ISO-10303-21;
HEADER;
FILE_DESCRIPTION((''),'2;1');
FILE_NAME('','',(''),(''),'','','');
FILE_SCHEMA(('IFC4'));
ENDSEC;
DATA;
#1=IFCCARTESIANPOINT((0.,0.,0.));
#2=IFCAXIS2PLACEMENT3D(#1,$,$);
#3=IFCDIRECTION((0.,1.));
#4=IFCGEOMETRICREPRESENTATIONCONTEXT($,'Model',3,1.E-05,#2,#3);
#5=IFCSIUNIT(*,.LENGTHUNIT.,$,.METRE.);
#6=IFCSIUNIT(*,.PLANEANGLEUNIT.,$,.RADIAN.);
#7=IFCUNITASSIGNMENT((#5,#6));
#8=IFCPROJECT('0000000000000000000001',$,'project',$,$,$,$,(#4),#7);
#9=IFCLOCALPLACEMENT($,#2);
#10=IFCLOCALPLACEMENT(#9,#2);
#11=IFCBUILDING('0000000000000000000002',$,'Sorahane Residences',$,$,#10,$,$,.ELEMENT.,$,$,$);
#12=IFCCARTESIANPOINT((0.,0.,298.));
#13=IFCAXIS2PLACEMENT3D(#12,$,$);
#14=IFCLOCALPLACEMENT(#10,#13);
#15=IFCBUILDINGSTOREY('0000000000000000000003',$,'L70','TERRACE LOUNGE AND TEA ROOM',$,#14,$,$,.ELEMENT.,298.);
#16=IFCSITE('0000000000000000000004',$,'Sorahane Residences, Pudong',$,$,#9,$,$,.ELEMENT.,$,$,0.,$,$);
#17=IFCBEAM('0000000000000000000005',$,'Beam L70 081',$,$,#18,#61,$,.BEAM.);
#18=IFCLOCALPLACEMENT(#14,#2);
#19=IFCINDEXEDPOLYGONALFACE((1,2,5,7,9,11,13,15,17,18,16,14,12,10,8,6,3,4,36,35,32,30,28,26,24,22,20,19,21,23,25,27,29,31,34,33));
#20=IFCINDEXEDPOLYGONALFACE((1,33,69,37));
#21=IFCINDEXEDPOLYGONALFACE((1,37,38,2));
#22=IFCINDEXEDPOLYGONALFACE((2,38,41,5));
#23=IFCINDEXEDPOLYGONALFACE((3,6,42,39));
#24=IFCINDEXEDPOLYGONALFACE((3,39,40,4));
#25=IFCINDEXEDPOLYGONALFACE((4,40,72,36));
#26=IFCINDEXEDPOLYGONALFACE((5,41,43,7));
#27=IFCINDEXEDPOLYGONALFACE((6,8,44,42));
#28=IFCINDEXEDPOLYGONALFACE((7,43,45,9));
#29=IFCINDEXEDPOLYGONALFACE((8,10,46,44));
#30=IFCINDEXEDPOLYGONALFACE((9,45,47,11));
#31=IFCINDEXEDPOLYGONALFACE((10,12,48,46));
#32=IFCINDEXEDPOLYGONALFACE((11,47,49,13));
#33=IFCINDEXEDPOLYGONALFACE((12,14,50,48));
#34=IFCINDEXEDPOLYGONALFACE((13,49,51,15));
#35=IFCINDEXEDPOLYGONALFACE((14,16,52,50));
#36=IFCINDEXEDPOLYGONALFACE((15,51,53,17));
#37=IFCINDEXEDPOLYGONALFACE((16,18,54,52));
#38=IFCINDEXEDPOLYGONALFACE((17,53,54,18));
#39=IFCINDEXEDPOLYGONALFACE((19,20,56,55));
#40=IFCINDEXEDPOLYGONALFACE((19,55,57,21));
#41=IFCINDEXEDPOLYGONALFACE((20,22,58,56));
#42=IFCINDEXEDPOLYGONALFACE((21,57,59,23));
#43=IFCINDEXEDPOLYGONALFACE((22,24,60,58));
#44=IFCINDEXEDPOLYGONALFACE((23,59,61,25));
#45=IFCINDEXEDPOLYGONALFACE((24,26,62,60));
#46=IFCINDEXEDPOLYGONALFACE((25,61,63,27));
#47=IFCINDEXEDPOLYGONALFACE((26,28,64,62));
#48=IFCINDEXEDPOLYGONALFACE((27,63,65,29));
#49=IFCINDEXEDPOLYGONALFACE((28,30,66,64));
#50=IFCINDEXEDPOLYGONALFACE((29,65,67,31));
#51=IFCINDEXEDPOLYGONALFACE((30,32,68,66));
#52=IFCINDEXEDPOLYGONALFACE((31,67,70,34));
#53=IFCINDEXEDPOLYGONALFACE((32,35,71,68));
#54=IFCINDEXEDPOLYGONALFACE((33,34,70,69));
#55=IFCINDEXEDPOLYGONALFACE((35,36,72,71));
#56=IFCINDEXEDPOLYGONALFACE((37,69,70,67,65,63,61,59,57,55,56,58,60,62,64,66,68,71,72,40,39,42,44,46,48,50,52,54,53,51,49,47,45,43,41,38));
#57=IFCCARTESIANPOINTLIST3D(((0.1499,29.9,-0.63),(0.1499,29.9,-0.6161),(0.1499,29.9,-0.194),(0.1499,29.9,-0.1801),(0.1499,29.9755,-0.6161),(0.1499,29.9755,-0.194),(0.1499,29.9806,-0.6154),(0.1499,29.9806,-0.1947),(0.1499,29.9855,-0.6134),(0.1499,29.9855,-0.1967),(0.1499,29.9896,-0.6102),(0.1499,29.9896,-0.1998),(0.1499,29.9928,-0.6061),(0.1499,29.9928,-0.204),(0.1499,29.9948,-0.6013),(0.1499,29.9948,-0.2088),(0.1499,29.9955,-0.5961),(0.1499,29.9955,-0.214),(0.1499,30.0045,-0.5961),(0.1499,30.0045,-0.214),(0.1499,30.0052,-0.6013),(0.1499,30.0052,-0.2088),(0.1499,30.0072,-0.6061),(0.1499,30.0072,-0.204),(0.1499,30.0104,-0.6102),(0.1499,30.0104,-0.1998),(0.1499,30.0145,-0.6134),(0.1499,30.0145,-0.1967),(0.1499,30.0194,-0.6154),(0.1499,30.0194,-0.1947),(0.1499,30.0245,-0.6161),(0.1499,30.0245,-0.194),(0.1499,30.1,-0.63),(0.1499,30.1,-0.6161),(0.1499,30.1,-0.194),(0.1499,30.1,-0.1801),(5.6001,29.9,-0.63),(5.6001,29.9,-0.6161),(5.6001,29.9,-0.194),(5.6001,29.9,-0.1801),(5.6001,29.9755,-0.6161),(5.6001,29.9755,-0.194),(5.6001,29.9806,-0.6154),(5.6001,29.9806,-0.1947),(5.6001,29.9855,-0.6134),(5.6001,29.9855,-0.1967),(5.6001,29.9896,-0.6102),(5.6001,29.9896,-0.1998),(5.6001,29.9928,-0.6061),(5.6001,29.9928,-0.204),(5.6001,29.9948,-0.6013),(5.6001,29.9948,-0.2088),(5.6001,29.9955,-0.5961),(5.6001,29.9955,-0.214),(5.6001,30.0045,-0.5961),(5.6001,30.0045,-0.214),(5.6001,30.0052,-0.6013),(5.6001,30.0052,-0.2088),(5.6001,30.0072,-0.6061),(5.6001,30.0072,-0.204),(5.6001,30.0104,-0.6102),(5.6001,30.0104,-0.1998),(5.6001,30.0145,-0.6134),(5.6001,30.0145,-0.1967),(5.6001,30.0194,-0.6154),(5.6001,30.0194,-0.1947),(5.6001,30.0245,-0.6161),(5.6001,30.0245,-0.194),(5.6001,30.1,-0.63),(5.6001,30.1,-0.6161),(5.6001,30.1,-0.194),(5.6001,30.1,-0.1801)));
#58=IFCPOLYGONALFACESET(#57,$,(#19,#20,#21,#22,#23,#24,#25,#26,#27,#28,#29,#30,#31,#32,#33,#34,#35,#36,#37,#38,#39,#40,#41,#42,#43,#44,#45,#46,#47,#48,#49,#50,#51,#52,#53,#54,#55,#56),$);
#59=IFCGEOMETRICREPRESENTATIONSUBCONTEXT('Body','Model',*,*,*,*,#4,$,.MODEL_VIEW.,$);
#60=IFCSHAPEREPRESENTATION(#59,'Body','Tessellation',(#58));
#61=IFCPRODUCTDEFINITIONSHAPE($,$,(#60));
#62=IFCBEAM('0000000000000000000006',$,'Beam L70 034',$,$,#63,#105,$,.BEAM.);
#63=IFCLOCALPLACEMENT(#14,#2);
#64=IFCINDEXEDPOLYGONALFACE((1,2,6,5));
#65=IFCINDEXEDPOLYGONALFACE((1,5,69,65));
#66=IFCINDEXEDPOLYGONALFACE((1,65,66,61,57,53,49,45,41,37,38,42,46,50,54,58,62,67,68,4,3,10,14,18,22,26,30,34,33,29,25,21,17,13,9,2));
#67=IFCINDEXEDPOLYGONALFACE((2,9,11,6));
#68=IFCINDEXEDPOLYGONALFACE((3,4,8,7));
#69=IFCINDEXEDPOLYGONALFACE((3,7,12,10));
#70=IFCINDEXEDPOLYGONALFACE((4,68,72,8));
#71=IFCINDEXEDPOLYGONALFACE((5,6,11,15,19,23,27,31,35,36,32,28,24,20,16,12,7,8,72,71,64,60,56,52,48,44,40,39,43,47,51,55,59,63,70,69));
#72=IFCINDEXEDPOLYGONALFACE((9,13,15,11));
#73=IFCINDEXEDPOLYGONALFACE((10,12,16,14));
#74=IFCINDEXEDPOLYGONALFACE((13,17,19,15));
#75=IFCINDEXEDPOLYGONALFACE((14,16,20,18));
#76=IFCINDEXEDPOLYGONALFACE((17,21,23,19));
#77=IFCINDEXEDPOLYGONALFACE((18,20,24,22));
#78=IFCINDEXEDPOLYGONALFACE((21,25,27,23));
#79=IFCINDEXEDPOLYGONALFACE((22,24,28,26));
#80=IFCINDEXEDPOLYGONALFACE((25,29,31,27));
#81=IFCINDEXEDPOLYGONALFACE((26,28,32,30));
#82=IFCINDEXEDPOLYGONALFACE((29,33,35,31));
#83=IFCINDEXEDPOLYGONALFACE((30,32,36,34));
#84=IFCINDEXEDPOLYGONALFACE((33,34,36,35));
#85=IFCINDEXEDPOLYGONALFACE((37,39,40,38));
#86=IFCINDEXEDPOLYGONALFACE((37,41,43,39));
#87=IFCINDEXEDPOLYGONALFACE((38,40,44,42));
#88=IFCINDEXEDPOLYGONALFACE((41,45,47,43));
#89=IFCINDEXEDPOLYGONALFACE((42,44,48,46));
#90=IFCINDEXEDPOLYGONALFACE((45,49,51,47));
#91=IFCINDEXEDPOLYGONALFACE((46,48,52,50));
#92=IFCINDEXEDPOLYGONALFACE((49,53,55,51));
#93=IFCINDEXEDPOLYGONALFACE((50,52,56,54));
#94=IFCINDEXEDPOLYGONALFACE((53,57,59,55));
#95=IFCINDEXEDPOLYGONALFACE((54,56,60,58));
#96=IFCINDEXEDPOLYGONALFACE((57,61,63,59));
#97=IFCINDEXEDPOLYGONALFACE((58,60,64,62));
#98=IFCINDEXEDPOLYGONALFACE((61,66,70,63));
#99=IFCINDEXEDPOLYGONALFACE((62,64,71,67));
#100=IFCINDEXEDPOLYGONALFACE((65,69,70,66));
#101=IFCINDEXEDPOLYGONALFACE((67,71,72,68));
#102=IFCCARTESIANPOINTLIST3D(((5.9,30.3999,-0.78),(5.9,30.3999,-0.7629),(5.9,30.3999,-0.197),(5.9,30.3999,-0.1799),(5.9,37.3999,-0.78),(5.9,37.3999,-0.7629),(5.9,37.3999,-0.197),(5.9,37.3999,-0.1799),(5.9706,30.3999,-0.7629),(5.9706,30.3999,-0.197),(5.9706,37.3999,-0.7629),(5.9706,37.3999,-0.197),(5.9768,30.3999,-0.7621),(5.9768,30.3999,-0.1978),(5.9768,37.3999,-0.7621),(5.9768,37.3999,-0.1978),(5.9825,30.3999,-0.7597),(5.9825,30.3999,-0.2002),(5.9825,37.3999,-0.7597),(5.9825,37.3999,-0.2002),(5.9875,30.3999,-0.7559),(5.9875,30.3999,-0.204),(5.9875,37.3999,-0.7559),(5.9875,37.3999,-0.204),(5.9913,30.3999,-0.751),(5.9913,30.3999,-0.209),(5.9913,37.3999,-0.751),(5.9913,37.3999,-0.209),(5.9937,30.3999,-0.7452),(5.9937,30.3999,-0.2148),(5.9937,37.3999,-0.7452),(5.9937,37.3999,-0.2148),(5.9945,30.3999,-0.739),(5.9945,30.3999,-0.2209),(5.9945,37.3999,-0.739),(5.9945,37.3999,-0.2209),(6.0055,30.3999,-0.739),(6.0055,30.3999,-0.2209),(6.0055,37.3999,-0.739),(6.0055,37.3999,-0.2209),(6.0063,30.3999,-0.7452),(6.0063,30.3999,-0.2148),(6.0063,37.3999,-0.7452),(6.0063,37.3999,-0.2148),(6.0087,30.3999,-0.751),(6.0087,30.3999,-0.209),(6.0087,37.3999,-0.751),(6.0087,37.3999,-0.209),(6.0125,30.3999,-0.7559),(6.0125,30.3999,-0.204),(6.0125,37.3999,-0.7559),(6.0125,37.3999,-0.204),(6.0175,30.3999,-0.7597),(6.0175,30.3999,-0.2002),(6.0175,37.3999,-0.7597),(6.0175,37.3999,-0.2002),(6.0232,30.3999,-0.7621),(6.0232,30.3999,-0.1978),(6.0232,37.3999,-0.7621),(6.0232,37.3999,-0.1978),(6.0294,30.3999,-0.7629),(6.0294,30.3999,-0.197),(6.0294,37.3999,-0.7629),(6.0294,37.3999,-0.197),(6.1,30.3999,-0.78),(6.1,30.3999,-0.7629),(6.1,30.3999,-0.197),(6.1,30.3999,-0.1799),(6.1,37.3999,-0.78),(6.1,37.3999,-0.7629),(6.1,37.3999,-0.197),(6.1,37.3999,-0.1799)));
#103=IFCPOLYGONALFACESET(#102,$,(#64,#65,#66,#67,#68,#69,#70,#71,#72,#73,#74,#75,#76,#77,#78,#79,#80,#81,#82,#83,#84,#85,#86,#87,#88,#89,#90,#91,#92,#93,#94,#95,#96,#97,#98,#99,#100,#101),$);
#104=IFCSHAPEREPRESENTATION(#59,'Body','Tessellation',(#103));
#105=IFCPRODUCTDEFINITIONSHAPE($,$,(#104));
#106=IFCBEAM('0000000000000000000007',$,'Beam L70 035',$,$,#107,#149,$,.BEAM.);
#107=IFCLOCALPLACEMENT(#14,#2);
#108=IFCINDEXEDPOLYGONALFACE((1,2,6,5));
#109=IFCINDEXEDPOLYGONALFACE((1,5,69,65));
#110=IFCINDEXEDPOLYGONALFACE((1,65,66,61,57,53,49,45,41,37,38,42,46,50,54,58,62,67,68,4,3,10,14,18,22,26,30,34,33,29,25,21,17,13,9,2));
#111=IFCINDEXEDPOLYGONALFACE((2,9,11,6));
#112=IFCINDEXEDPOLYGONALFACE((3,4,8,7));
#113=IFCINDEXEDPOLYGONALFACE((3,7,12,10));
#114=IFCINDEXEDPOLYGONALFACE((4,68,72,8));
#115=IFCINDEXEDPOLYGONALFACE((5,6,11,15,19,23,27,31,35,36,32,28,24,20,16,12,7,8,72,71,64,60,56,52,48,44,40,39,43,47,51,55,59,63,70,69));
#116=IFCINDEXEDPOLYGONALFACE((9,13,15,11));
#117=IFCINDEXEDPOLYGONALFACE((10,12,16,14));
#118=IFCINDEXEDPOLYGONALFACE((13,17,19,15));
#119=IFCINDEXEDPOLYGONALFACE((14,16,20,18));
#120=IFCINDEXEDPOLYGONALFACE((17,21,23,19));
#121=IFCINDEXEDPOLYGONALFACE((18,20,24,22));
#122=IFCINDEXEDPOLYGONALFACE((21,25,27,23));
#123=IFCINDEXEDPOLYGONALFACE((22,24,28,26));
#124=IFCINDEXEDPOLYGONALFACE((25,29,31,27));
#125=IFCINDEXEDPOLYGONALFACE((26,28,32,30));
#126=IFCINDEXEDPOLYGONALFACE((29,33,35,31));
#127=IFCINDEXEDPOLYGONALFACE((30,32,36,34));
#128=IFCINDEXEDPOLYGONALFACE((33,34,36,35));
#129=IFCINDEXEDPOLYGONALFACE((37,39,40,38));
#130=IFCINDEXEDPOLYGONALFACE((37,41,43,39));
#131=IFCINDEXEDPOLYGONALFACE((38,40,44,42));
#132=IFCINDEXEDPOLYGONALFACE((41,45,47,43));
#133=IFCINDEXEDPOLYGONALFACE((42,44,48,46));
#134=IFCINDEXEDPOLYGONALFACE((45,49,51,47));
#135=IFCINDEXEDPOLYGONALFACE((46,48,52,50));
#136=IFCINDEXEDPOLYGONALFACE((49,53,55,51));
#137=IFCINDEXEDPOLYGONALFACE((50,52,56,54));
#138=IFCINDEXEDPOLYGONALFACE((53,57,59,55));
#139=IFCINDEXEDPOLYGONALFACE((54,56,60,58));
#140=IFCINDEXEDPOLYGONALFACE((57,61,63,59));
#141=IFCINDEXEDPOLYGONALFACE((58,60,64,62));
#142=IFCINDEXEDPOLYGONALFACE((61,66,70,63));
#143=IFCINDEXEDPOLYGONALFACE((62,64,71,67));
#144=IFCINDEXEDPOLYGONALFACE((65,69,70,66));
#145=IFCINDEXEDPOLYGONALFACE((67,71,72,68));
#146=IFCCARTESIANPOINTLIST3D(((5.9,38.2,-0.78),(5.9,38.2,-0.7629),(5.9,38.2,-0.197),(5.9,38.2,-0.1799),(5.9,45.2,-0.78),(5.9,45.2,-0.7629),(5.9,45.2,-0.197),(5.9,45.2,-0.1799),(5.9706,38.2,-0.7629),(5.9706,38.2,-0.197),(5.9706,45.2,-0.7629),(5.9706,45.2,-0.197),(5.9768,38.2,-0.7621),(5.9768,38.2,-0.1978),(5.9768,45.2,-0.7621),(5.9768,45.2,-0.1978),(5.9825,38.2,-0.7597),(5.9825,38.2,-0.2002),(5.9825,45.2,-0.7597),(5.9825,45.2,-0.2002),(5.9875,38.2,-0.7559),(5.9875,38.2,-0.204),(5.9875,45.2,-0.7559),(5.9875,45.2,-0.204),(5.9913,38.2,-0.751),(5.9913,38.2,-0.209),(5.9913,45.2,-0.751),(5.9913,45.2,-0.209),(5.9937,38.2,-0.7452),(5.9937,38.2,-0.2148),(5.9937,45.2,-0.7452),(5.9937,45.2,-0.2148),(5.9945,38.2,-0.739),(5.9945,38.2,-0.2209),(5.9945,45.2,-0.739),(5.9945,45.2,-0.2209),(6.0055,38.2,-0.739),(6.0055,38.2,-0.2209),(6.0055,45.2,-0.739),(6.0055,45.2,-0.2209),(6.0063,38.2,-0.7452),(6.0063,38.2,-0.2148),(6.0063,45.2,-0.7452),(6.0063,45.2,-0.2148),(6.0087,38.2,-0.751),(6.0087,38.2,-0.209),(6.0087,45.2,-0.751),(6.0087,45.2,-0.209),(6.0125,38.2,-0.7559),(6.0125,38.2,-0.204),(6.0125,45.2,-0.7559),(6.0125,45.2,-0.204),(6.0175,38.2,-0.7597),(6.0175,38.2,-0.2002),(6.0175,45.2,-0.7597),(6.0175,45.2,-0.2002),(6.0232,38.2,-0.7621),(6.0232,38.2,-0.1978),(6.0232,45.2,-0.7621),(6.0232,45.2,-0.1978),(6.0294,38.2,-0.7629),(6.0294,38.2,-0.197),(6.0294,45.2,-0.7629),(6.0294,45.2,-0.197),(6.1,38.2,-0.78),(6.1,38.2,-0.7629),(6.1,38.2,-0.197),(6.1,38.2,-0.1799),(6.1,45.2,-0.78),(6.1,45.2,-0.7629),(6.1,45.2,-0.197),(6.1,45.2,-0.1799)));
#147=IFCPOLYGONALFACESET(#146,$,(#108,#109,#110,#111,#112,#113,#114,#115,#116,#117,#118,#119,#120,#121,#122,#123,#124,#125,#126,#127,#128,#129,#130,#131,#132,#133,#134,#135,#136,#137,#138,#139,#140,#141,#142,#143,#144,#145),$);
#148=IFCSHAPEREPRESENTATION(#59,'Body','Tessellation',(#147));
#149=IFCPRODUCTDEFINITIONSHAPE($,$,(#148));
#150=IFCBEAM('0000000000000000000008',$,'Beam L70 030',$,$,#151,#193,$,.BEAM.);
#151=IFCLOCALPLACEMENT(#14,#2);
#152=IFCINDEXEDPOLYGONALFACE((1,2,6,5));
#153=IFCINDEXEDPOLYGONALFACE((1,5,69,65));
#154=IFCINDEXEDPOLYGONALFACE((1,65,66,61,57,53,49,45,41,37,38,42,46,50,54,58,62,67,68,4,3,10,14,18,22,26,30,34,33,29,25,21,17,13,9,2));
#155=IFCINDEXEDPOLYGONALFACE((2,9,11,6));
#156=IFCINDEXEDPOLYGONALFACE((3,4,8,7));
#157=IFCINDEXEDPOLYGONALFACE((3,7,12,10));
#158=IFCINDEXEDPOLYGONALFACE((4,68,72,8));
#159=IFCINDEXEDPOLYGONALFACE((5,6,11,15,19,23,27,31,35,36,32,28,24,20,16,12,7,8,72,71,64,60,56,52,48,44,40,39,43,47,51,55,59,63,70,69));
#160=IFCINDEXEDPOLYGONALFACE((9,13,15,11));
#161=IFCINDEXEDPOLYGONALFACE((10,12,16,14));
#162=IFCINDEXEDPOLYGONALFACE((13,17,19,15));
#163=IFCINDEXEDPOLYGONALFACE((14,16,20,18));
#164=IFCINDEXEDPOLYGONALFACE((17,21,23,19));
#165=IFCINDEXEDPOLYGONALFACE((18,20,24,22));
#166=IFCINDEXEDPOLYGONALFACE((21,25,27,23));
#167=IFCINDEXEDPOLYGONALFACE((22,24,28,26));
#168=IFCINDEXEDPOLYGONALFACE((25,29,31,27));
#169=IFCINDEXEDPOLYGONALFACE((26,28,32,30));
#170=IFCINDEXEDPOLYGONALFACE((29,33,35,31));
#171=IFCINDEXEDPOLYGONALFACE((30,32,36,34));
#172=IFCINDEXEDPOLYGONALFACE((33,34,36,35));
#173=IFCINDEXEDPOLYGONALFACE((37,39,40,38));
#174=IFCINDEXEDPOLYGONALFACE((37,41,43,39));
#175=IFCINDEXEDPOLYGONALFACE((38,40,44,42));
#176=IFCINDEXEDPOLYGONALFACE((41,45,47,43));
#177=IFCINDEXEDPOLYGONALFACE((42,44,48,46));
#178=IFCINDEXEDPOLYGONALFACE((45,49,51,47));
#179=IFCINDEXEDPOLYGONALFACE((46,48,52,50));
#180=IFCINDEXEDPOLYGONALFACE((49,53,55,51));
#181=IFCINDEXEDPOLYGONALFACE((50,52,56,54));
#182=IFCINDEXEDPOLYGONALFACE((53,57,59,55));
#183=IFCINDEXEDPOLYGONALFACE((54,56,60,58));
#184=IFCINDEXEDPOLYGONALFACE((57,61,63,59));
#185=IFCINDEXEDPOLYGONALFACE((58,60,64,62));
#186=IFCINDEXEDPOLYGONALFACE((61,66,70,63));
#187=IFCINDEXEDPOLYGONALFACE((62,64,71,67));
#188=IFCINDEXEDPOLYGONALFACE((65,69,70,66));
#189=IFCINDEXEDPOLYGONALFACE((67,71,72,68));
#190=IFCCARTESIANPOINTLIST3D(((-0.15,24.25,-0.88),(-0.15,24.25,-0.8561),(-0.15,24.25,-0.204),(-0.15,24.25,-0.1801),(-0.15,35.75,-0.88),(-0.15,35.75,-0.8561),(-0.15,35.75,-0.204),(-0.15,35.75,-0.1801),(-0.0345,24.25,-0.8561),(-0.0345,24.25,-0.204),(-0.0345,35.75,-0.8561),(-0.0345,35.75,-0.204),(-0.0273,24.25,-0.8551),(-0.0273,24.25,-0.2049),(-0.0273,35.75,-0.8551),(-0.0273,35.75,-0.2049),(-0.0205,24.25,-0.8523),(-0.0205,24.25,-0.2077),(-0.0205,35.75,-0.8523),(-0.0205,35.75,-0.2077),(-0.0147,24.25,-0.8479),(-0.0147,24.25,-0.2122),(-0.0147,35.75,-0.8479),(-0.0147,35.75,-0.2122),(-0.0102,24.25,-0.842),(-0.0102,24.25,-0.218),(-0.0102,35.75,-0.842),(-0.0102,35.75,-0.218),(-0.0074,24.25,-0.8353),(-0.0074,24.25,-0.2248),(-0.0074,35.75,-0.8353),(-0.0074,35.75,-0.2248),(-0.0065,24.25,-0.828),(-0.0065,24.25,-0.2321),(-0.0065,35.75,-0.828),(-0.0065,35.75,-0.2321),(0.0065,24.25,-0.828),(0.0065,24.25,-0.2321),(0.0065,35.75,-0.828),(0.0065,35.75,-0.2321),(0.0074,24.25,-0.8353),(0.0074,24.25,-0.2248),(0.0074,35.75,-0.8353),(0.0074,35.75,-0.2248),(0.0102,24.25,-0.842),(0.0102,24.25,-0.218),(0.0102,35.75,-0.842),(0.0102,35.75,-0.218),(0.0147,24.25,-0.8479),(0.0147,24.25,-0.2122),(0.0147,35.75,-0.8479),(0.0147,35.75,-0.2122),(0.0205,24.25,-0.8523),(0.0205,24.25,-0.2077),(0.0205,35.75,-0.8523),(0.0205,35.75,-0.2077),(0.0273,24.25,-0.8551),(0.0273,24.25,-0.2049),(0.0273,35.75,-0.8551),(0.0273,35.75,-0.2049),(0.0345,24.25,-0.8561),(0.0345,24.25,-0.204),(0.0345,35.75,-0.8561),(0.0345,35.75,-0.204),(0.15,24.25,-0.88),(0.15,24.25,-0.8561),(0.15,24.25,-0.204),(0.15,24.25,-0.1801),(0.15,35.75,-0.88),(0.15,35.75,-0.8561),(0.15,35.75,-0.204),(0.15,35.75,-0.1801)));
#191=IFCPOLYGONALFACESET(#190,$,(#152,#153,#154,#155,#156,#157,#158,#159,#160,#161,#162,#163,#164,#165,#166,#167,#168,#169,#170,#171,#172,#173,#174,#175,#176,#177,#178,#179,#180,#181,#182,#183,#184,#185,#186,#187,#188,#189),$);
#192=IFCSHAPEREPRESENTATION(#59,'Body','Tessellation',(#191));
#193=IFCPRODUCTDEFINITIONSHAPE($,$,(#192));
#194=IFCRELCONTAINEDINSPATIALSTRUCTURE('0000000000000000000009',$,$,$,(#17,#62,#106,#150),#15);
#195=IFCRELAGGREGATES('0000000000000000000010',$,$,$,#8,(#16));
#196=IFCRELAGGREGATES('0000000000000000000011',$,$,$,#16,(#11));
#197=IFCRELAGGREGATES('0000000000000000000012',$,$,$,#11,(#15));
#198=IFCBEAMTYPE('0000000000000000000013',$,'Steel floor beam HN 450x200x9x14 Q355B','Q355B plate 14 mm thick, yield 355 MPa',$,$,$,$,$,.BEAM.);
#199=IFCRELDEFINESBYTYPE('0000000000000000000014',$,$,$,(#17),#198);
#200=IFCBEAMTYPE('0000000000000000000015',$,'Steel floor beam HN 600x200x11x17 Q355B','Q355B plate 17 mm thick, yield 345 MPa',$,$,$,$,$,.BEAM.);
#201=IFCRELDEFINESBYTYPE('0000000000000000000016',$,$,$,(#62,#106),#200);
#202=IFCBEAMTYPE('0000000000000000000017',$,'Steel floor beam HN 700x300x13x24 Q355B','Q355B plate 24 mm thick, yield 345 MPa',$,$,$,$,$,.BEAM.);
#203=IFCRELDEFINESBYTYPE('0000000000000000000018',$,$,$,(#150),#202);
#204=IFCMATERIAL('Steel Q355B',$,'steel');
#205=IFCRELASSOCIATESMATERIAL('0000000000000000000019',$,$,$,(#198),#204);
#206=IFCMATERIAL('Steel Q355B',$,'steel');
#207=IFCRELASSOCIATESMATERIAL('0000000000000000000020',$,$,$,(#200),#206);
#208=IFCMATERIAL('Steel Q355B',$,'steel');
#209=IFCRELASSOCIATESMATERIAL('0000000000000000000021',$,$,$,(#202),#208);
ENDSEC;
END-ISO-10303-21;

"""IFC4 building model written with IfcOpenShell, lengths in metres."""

from ifc_helpers import new_model, si_unit, direction, frame, origin, origin_2d, place, context, subcontext, project, spatial, i_section, extrude, material, material_profile, profile_set, type_object, element, save


model = new_model("IFC4")

# Units and contexts
model_context = context("Model", 3, precision=1e-05, world=origin(), true_north=direction((0.0, 1.0)))
body_context = subcontext(model_context, "Body", "Model", "MODEL_VIEW")
ifc_project = project(units=[si_unit("LENGTHUNIT", "METRE"), si_unit("PLANEANGLEUNIT", "RADIAN")], contexts=[model_context])

# Site, building, storey
site_placement = place(None, origin())
site = spatial("IfcSite", under=ifc_project, at=site_placement, Name="Sorahane Residences, Pudong", CompositionType="ELEMENT", RefElevation=0.0)
building_placement = place(site_placement, origin())
building = spatial("IfcBuilding", under=site, at=building_placement, Name="Sorahane Residences", CompositionType="ELEMENT")
storey_placement = place(building_placement, frame((0.0, 0.0, 298.0)))
storey = spatial("IfcBuildingStorey", under=building, at=storey_placement, Name="L70", Description="TERRACE LOUNGE AND TEA ROOM", CompositionType="ELEMENT", Elevation=298.0)

# Beams
ifc_material_1 = material(Name="Steel Q355B", Category="steel")
ifc_material_profile_1 = material_profile(ifc_material_1, i_section(OverallWidth=0.2, OverallDepth=0.45, WebThickness=0.009, FlangeThickness=0.0139, FilletRadius=0.02, at=origin_2d()), Name="HN 450x200x9x14")
ifc_profile_set_1 = profile_set([ifc_material_profile_1], Name="Steel Q355B")
beam_type_1 = type_object("IfcBeamType", Name="Steel floor beam HN 450x200x9x14 Q355B", Description="Q355B plate 14 mm thick, yield 355 MPa", PredefinedType="BEAM", material=ifc_profile_set_1)
beam_1_placement = place(storey_placement, frame((0.1499, 30.0, -0.405), z_axis=(1.0, 0.0, 0.0), x_axis=(0.0, 1.0, 0.0)))
element("IfcBeam", 1, at=beam_1_placement, inside=storey, type_object=beam_type_1, Name="Beam L70 081", PredefinedType="BEAM", context=body_context, shape_type="SweptSolid", body=[
    extrude(i_section(OverallWidth=0.2, OverallDepth=0.45, WebThickness=0.009, FlangeThickness=0.0139, FilletRadius=0.02, at=origin_2d()), origin(), (0.0, 0.0, 1.0), 5.4502),
])
ifc_material_2 = material(Name="Steel Q355B", Category="steel")
ifc_material_profile_2 = material_profile(ifc_material_2, i_section(OverallWidth=0.2, OverallDepth=0.6001, WebThickness=0.011, FlangeThickness=0.0171, FilletRadius=0.0239, at=origin_2d()), Name="HN 600x200x11x17")
ifc_profile_set_2 = profile_set([ifc_material_profile_2], Name="Steel Q355B")
beam_type_2 = type_object("IfcBeamType", Name="Steel floor beam HN 600x200x11x17 Q355B", Description="Q355B plate 17 mm thick, yield 345 MPa", PredefinedType="BEAM", material=ifc_profile_set_2)
for number, where, z_axis, x_axis, name in (
    (2, (6.0, 30.3999, -0.48), (0.0, 1.0, 0.0), (-1.0, 0.0, 0.0), "Beam L70 034"),
    (3, (6.0, 38.2, -0.48), (0.0, 1.0, 0.0), (-1.0, 0.0, 0.0), "Beam L70 035"),
):
    element("IfcBeam", number, at=place(storey_placement, frame(where, z_axis=z_axis, x_axis=x_axis)), inside=storey, type_object=beam_type_2, Name=name, PredefinedType="BEAM", context=body_context, shape_type="SweptSolid", body=[
        extrude(i_section(OverallWidth=0.2, OverallDepth=0.6001, WebThickness=0.011, FlangeThickness=0.0171, FilletRadius=0.0239, at=origin_2d()), origin(), (0.0, 0.0, 1.0), 7.0),
    ])
ifc_material_3 = material(Name="Steel Q355B", Category="steel")
ifc_material_profile_3 = material_profile(ifc_material_3, i_section(OverallWidth=0.3, OverallDepth=0.7, WebThickness=0.0129, FlangeThickness=0.0239, FilletRadius=0.0281, at=origin_2d()), Name="HN 700x300x13x24")
ifc_profile_set_3 = profile_set([ifc_material_profile_3], Name="Steel Q355B")
beam_type_3 = type_object("IfcBeamType", Name="Steel floor beam HN 700x300x13x24 Q355B", Description="Q355B plate 24 mm thick, yield 345 MPa", PredefinedType="BEAM", material=ifc_profile_set_3)
beam_2_placement = place(storey_placement, frame((0.0, 24.25, -0.53), z_axis=(0.0, 1.0, 0.0), x_axis=(-1.0, 0.0, 0.0)))
element("IfcBeam", 4, at=beam_2_placement, inside=storey, type_object=beam_type_3, Name="Beam L70 030", PredefinedType="BEAM", context=body_context, shape_type="SweptSolid", body=[
    extrude(i_section(OverallWidth=0.3, OverallDepth=0.7, WebThickness=0.0129, FlangeThickness=0.0239, FilletRadius=0.0281, at=origin_2d()), origin(), (0.0, 0.0, 1.0), 11.5),
])

save(model, "model.ifc")
